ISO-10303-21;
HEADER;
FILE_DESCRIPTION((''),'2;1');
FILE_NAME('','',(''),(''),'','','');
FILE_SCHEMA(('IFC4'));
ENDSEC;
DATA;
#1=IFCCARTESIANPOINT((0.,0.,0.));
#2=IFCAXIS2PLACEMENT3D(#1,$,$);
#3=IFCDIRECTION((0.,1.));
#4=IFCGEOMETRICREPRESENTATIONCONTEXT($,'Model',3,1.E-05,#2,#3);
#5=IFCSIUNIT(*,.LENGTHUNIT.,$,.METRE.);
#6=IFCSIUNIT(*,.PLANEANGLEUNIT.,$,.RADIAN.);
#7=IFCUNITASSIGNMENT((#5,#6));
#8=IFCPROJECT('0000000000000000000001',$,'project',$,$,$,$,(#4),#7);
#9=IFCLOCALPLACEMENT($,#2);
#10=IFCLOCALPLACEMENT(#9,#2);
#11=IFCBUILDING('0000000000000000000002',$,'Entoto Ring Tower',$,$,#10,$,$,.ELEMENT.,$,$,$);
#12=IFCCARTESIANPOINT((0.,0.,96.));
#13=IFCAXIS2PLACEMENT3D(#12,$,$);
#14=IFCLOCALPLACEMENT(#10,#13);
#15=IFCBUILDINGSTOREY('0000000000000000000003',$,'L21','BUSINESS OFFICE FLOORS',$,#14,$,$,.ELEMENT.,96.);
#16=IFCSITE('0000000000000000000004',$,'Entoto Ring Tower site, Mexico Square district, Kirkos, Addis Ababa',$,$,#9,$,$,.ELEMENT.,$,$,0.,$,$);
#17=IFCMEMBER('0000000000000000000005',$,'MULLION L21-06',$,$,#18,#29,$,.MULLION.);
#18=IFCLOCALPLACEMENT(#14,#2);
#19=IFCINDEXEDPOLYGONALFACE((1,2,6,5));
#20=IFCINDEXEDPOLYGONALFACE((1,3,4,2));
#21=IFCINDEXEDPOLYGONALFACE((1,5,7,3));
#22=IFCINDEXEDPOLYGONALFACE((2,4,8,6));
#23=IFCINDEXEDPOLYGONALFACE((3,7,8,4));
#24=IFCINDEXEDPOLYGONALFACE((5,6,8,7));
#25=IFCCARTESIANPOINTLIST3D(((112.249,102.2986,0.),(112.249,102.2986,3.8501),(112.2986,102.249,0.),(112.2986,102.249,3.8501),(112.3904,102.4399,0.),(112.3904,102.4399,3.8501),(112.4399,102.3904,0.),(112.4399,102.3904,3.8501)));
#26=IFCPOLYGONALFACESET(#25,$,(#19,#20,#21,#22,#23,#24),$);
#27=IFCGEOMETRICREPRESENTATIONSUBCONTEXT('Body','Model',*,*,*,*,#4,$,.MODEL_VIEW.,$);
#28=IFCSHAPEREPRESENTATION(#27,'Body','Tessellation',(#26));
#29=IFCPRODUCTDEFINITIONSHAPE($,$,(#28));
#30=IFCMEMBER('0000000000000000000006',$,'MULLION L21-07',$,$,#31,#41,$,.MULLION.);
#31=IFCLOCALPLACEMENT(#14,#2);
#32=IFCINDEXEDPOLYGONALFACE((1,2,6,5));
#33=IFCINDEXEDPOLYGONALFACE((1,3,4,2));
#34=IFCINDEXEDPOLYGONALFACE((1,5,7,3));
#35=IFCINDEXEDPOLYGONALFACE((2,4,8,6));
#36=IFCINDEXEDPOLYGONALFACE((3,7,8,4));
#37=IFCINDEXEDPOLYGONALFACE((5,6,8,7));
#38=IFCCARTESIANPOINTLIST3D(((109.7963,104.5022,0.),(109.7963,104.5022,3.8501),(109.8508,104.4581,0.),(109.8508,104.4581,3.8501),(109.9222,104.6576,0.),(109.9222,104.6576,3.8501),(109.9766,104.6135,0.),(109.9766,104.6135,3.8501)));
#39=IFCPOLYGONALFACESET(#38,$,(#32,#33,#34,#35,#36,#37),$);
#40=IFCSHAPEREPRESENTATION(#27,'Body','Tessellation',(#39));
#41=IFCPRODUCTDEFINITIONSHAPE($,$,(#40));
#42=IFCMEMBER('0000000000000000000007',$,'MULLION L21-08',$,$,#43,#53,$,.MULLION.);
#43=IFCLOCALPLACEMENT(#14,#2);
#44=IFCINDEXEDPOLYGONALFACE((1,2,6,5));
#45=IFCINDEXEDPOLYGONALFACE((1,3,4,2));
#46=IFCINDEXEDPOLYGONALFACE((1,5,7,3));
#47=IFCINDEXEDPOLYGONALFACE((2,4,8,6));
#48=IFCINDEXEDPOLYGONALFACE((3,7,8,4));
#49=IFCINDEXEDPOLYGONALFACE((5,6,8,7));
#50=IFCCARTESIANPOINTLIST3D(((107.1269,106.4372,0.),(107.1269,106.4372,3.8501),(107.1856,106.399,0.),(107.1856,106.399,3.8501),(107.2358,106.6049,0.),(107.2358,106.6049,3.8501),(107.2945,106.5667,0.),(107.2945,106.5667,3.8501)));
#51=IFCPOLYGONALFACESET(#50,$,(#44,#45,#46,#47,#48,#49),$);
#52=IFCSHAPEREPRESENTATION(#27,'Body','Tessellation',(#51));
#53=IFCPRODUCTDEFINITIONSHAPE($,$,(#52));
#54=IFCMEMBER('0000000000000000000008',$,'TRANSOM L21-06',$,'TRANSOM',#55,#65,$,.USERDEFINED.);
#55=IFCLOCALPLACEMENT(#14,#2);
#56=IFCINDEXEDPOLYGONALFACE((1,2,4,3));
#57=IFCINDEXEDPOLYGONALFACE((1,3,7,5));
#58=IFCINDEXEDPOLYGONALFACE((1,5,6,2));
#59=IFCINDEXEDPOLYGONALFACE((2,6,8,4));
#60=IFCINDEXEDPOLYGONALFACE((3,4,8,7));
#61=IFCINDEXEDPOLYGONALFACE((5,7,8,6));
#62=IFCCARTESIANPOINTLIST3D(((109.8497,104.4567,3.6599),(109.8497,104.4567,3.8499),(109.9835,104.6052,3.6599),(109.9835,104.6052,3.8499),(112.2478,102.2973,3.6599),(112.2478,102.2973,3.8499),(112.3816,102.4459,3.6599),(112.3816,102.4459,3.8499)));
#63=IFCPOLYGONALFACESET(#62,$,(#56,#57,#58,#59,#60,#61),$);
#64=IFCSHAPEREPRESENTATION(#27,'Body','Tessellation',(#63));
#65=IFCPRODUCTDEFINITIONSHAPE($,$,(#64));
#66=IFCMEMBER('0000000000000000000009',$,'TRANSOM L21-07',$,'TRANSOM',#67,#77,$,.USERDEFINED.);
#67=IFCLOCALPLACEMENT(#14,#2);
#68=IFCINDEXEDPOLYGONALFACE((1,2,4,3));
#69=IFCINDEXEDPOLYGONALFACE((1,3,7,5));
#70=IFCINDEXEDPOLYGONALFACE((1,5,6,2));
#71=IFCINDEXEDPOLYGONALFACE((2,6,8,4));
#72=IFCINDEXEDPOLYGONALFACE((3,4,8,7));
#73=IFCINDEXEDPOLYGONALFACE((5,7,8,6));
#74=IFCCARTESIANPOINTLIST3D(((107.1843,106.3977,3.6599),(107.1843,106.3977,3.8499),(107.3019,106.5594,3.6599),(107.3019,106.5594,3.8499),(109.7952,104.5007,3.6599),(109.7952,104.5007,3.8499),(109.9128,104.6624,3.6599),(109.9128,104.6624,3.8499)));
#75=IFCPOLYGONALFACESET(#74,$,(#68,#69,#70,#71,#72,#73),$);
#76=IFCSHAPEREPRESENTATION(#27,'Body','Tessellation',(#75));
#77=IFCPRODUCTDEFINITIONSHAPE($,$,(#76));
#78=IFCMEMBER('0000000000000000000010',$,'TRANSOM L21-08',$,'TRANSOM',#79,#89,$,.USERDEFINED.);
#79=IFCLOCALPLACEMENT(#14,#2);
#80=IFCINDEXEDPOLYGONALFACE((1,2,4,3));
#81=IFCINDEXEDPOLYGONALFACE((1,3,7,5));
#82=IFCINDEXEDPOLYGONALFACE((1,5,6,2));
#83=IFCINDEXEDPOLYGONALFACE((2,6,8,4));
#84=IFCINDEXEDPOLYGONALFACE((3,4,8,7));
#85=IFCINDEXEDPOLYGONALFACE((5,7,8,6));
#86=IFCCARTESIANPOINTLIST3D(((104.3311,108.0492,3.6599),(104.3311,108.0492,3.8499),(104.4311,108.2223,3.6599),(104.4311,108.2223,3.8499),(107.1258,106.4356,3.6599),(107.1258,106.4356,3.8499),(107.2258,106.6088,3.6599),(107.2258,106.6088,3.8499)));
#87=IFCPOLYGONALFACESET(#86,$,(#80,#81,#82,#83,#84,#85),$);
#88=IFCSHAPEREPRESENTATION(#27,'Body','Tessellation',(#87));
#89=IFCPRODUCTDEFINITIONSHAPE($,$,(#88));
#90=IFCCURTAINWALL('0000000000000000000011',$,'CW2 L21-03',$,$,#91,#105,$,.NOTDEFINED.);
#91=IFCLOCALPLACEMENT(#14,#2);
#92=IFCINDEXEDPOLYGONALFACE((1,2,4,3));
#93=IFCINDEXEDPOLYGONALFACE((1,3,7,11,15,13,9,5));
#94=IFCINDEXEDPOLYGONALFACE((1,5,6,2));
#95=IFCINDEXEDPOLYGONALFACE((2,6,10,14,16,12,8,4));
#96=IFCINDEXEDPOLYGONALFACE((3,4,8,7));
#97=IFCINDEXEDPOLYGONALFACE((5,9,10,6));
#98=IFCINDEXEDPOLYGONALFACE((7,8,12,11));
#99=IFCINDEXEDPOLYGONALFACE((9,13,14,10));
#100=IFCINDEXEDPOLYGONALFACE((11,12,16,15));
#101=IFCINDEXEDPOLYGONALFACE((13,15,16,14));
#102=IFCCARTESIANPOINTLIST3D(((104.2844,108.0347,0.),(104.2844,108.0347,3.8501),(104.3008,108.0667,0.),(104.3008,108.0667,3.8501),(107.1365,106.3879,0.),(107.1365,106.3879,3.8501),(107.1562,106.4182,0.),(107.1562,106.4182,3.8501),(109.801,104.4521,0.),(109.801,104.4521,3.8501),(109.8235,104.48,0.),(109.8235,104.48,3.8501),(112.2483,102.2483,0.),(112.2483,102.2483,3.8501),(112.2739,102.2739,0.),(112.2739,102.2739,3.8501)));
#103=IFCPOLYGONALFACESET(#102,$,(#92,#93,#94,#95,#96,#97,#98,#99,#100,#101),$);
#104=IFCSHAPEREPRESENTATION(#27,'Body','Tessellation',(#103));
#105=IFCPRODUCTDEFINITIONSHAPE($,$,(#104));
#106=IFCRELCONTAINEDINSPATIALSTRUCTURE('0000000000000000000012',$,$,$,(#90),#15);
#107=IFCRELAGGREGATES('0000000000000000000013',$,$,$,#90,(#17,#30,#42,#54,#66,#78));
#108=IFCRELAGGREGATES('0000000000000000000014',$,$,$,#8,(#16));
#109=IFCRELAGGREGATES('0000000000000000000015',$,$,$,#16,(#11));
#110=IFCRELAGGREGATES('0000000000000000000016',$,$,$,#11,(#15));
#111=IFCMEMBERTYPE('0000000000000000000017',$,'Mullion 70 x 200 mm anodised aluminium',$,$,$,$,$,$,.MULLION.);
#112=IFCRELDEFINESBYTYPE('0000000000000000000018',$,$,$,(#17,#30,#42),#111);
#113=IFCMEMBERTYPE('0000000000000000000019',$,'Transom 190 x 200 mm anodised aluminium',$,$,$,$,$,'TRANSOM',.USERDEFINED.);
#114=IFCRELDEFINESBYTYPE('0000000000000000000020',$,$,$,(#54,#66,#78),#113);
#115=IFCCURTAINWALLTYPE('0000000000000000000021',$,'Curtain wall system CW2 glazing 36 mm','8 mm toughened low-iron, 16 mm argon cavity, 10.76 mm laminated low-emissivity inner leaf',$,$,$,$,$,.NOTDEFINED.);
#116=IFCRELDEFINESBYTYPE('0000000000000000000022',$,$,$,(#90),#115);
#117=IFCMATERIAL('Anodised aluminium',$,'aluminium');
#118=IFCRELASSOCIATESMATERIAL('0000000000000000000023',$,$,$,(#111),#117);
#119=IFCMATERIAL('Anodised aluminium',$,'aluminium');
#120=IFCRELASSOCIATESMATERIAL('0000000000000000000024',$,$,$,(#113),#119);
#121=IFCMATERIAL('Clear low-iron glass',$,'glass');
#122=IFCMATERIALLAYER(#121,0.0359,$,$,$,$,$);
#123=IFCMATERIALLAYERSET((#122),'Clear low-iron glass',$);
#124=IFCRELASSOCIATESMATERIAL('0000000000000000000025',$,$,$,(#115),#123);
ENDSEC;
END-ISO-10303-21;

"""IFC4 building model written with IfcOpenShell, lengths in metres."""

from ifc_helpers import new_model, si_unit, direction, frame, origin, origin_2d, place, context, subcontext, project, spatial, polyline, rectangle, outline, extrude, material, layer, layer_set, material_profile, profile_set, type_object, element, aggregate, save


model = new_model("IFC4")

# Units and contexts
model_context = context("Model", 3, precision=1e-05, world=origin(), true_north=direction((0.0, 1.0)))
body_context = subcontext(model_context, "Body", "Model", "MODEL_VIEW")
ifc_project = project(units=[si_unit("LENGTHUNIT", "METRE"), si_unit("PLANEANGLEUNIT", "RADIAN")], contexts=[model_context])

# Members
ifc_material_1 = material(Name="Anodised aluminium", Category="aluminium")
ifc_material_profile_1 = material_profile(ifc_material_1, rectangle(XDim=0.0701, YDim=0.2, at=origin_2d()), Name="Mullion 70 x 200 mm anodised aluminium")
ifc_profile_set_1 = profile_set([ifc_material_profile_1], Name="Anodised aluminium")
member_type_1 = type_object("IfcMemberType", Name="Mullion 70 x 200 mm anodised aluminium", PredefinedType="MULLION", material=ifc_profile_set_1)
site_placement = place(None, origin())
building_placement = place(site_placement, origin())
storey_placement = place(building_placement, frame((0.0, 0.0, 96.0)))
member_1_placement = place(storey_placement, frame((112.3445, 102.3445, 0.0), z_axis=(0.0, 0.0, 1.0), x_axis=(-0.707107, 0.707107, 0.0)))
member_1 = element("IfcMember", 1, at=member_1_placement, type_object=member_type_1, Name="MULLION L21-06", PredefinedType="MULLION", context=body_context, shape_type="SweptSolid", body=[
    extrude(rectangle(XDim=0.0701, YDim=0.2, at=origin_2d()), origin(), (0.0, 0.0, 1.0), 3.8501),
])
member_2_placement = place(storey_placement, frame((109.8865, 104.5579, 0.0), z_axis=(0.0, 0.0, 1.0), x_axis=(-0.777146, 0.62932, 0.0)))
member_2 = element("IfcMember", 2, at=member_2_placement, type_object=member_type_1, Name="MULLION L21-07", PredefinedType="MULLION", context=body_context, shape_type="SweptSolid", body=[
    extrude(rectangle(XDim=0.0701, YDim=0.2, at=origin_2d()), origin(), (0.0, 0.0, 1.0), 3.8501),
])
member_3_placement = place(storey_placement, frame((107.2107, 106.502, 0.0), z_axis=(0.0, 0.0, 1.0), x_axis=(-0.838671, 0.544639, 0.0)))
member_3 = element("IfcMember", 3, at=member_3_placement, type_object=member_type_1, Name="MULLION L21-08", PredefinedType="MULLION", context=body_context, shape_type="SweptSolid", body=[
    extrude(rectangle(XDim=0.0701, YDim=0.2, at=origin_2d()), origin(), (0.0, 0.0, 1.0), 3.8501),
])
ifc_material_2 = material(Name="Anodised aluminium", Category="aluminium")
ifc_material_profile_2 = material_profile(ifc_material_2, rectangle(XDim=0.2, YDim=0.1899, at=origin_2d()), Name="Transom 190 x 200 mm anodised aluminium")
ifc_profile_set_2 = profile_set([ifc_material_profile_2], Name="Anodised aluminium")
member_type_2 = type_object("IfcMemberType", Name="Transom 190 x 200 mm anodised aluminium", ElementType="TRANSOM", PredefinedType="USERDEFINED", material=ifc_profile_set_2)
member_4_placement = place(storey_placement, frame((112.3147, 102.3716, 3.7549), z_axis=(-0.743132, 0.669144, 0.0), x_axis=(-0.669144, -0.743132, 0.0)))
member_4 = element("IfcMember", 4, at=member_4_placement, type_object=member_type_2, Name="TRANSOM L21-06", ObjectType="TRANSOM", PredefinedType="USERDEFINED", context=body_context, shape_type="SweptSolid", body=[
    extrude(rectangle(XDim=0.2, YDim=0.1899, at=origin_2d()), origin(), (0.0, 0.0, 1.0), 3.2271),
])
member_5_placement = place(storey_placement, frame((109.854, 104.5815, 3.7549), z_axis=(-0.809004, 0.587803, 0.0), x_axis=(-0.587803, -0.809004, 0.0)))
member_5 = element("IfcMember", 5, at=member_5_placement, type_object=member_type_2, Name="TRANSOM L21-07", ObjectType="TRANSOM", PredefinedType="USERDEFINED", context=body_context, shape_type="SweptSolid", body=[
    extrude(rectangle(XDim=0.2, YDim=0.1899, at=origin_2d()), origin(), (0.0, 0.0, 1.0), 3.2273),
])
member_6_placement = place(storey_placement, frame((107.1758, 106.5222, 3.7549), z_axis=(-0.866023, 0.500004, 0.0), x_axis=(-0.500004, -0.866023, 0.0)))
member_6 = element("IfcMember", 6, at=member_6_placement, type_object=member_type_2, Name="TRANSOM L21-08", ObjectType="TRANSOM", PredefinedType="USERDEFINED", context=body_context, shape_type="SweptSolid", body=[
    extrude(rectangle(XDim=0.2, YDim=0.1899, at=origin_2d()), origin(), (0.0, 0.0, 1.0), 3.2271),
])

# Site, building, storey
site = spatial("IfcSite", under=ifc_project, at=site_placement, Name="Entoto Ring Tower site, Mexico Square district, Kirkos, Addis Ababa", CompositionType="ELEMENT", RefElevation=0.0)
building = spatial("IfcBuilding", under=site, at=building_placement, Name="Entoto Ring Tower", CompositionType="ELEMENT")
storey = spatial("IfcBuildingStorey", under=building, at=storey_placement, Name="L21", Description="BUSINESS OFFICE FLOORS", CompositionType="ELEMENT", Elevation=96.0)

# Curtain wall
ifc_material_3 = material(Name="Clear low-iron glass", Category="glass")
ifc_layer = layer(ifc_material_3, 0.0359)
ifc_layer_set = layer_set([ifc_layer], Name="Clear low-iron glass")
curtain_wall_type = type_object("IfcCurtainWallType", Name="Curtain wall system CW2 glazing 36 mm", Description="8 mm toughened low-iron, 16 mm argon cavity, 10.76 mm laminated low-emissivity inner leaf", PredefinedType="NOTDEFINED", material=ifc_layer_set)
curtain_wall_1_placement = place(storey_placement, origin())
curtain_wall_1 = element("IfcCurtainWall", 7, at=curtain_wall_1_placement, inside=storey, type_object=curtain_wall_type, Name="CW2 L21-03", PredefinedType="NOTDEFINED", context=body_context, shape_type="SweptSolid", body=[
    extrude(outline(polyline([(112.2739, 102.2739), (109.8235, 104.48), (107.1562, 106.4182), (104.3008, 108.0667), (104.2844, 108.0347), (107.1365, 106.3879), (109.801, 104.4521), (112.2483, 102.2483), (112.2739, 102.2739)])), origin(), (0.0, 0.0, 1.0), 3.8501),
])
aggregate(curtain_wall_1, [member_1, member_2, member_3, member_4, member_5, member_6])

save(model, "model.ifc")
